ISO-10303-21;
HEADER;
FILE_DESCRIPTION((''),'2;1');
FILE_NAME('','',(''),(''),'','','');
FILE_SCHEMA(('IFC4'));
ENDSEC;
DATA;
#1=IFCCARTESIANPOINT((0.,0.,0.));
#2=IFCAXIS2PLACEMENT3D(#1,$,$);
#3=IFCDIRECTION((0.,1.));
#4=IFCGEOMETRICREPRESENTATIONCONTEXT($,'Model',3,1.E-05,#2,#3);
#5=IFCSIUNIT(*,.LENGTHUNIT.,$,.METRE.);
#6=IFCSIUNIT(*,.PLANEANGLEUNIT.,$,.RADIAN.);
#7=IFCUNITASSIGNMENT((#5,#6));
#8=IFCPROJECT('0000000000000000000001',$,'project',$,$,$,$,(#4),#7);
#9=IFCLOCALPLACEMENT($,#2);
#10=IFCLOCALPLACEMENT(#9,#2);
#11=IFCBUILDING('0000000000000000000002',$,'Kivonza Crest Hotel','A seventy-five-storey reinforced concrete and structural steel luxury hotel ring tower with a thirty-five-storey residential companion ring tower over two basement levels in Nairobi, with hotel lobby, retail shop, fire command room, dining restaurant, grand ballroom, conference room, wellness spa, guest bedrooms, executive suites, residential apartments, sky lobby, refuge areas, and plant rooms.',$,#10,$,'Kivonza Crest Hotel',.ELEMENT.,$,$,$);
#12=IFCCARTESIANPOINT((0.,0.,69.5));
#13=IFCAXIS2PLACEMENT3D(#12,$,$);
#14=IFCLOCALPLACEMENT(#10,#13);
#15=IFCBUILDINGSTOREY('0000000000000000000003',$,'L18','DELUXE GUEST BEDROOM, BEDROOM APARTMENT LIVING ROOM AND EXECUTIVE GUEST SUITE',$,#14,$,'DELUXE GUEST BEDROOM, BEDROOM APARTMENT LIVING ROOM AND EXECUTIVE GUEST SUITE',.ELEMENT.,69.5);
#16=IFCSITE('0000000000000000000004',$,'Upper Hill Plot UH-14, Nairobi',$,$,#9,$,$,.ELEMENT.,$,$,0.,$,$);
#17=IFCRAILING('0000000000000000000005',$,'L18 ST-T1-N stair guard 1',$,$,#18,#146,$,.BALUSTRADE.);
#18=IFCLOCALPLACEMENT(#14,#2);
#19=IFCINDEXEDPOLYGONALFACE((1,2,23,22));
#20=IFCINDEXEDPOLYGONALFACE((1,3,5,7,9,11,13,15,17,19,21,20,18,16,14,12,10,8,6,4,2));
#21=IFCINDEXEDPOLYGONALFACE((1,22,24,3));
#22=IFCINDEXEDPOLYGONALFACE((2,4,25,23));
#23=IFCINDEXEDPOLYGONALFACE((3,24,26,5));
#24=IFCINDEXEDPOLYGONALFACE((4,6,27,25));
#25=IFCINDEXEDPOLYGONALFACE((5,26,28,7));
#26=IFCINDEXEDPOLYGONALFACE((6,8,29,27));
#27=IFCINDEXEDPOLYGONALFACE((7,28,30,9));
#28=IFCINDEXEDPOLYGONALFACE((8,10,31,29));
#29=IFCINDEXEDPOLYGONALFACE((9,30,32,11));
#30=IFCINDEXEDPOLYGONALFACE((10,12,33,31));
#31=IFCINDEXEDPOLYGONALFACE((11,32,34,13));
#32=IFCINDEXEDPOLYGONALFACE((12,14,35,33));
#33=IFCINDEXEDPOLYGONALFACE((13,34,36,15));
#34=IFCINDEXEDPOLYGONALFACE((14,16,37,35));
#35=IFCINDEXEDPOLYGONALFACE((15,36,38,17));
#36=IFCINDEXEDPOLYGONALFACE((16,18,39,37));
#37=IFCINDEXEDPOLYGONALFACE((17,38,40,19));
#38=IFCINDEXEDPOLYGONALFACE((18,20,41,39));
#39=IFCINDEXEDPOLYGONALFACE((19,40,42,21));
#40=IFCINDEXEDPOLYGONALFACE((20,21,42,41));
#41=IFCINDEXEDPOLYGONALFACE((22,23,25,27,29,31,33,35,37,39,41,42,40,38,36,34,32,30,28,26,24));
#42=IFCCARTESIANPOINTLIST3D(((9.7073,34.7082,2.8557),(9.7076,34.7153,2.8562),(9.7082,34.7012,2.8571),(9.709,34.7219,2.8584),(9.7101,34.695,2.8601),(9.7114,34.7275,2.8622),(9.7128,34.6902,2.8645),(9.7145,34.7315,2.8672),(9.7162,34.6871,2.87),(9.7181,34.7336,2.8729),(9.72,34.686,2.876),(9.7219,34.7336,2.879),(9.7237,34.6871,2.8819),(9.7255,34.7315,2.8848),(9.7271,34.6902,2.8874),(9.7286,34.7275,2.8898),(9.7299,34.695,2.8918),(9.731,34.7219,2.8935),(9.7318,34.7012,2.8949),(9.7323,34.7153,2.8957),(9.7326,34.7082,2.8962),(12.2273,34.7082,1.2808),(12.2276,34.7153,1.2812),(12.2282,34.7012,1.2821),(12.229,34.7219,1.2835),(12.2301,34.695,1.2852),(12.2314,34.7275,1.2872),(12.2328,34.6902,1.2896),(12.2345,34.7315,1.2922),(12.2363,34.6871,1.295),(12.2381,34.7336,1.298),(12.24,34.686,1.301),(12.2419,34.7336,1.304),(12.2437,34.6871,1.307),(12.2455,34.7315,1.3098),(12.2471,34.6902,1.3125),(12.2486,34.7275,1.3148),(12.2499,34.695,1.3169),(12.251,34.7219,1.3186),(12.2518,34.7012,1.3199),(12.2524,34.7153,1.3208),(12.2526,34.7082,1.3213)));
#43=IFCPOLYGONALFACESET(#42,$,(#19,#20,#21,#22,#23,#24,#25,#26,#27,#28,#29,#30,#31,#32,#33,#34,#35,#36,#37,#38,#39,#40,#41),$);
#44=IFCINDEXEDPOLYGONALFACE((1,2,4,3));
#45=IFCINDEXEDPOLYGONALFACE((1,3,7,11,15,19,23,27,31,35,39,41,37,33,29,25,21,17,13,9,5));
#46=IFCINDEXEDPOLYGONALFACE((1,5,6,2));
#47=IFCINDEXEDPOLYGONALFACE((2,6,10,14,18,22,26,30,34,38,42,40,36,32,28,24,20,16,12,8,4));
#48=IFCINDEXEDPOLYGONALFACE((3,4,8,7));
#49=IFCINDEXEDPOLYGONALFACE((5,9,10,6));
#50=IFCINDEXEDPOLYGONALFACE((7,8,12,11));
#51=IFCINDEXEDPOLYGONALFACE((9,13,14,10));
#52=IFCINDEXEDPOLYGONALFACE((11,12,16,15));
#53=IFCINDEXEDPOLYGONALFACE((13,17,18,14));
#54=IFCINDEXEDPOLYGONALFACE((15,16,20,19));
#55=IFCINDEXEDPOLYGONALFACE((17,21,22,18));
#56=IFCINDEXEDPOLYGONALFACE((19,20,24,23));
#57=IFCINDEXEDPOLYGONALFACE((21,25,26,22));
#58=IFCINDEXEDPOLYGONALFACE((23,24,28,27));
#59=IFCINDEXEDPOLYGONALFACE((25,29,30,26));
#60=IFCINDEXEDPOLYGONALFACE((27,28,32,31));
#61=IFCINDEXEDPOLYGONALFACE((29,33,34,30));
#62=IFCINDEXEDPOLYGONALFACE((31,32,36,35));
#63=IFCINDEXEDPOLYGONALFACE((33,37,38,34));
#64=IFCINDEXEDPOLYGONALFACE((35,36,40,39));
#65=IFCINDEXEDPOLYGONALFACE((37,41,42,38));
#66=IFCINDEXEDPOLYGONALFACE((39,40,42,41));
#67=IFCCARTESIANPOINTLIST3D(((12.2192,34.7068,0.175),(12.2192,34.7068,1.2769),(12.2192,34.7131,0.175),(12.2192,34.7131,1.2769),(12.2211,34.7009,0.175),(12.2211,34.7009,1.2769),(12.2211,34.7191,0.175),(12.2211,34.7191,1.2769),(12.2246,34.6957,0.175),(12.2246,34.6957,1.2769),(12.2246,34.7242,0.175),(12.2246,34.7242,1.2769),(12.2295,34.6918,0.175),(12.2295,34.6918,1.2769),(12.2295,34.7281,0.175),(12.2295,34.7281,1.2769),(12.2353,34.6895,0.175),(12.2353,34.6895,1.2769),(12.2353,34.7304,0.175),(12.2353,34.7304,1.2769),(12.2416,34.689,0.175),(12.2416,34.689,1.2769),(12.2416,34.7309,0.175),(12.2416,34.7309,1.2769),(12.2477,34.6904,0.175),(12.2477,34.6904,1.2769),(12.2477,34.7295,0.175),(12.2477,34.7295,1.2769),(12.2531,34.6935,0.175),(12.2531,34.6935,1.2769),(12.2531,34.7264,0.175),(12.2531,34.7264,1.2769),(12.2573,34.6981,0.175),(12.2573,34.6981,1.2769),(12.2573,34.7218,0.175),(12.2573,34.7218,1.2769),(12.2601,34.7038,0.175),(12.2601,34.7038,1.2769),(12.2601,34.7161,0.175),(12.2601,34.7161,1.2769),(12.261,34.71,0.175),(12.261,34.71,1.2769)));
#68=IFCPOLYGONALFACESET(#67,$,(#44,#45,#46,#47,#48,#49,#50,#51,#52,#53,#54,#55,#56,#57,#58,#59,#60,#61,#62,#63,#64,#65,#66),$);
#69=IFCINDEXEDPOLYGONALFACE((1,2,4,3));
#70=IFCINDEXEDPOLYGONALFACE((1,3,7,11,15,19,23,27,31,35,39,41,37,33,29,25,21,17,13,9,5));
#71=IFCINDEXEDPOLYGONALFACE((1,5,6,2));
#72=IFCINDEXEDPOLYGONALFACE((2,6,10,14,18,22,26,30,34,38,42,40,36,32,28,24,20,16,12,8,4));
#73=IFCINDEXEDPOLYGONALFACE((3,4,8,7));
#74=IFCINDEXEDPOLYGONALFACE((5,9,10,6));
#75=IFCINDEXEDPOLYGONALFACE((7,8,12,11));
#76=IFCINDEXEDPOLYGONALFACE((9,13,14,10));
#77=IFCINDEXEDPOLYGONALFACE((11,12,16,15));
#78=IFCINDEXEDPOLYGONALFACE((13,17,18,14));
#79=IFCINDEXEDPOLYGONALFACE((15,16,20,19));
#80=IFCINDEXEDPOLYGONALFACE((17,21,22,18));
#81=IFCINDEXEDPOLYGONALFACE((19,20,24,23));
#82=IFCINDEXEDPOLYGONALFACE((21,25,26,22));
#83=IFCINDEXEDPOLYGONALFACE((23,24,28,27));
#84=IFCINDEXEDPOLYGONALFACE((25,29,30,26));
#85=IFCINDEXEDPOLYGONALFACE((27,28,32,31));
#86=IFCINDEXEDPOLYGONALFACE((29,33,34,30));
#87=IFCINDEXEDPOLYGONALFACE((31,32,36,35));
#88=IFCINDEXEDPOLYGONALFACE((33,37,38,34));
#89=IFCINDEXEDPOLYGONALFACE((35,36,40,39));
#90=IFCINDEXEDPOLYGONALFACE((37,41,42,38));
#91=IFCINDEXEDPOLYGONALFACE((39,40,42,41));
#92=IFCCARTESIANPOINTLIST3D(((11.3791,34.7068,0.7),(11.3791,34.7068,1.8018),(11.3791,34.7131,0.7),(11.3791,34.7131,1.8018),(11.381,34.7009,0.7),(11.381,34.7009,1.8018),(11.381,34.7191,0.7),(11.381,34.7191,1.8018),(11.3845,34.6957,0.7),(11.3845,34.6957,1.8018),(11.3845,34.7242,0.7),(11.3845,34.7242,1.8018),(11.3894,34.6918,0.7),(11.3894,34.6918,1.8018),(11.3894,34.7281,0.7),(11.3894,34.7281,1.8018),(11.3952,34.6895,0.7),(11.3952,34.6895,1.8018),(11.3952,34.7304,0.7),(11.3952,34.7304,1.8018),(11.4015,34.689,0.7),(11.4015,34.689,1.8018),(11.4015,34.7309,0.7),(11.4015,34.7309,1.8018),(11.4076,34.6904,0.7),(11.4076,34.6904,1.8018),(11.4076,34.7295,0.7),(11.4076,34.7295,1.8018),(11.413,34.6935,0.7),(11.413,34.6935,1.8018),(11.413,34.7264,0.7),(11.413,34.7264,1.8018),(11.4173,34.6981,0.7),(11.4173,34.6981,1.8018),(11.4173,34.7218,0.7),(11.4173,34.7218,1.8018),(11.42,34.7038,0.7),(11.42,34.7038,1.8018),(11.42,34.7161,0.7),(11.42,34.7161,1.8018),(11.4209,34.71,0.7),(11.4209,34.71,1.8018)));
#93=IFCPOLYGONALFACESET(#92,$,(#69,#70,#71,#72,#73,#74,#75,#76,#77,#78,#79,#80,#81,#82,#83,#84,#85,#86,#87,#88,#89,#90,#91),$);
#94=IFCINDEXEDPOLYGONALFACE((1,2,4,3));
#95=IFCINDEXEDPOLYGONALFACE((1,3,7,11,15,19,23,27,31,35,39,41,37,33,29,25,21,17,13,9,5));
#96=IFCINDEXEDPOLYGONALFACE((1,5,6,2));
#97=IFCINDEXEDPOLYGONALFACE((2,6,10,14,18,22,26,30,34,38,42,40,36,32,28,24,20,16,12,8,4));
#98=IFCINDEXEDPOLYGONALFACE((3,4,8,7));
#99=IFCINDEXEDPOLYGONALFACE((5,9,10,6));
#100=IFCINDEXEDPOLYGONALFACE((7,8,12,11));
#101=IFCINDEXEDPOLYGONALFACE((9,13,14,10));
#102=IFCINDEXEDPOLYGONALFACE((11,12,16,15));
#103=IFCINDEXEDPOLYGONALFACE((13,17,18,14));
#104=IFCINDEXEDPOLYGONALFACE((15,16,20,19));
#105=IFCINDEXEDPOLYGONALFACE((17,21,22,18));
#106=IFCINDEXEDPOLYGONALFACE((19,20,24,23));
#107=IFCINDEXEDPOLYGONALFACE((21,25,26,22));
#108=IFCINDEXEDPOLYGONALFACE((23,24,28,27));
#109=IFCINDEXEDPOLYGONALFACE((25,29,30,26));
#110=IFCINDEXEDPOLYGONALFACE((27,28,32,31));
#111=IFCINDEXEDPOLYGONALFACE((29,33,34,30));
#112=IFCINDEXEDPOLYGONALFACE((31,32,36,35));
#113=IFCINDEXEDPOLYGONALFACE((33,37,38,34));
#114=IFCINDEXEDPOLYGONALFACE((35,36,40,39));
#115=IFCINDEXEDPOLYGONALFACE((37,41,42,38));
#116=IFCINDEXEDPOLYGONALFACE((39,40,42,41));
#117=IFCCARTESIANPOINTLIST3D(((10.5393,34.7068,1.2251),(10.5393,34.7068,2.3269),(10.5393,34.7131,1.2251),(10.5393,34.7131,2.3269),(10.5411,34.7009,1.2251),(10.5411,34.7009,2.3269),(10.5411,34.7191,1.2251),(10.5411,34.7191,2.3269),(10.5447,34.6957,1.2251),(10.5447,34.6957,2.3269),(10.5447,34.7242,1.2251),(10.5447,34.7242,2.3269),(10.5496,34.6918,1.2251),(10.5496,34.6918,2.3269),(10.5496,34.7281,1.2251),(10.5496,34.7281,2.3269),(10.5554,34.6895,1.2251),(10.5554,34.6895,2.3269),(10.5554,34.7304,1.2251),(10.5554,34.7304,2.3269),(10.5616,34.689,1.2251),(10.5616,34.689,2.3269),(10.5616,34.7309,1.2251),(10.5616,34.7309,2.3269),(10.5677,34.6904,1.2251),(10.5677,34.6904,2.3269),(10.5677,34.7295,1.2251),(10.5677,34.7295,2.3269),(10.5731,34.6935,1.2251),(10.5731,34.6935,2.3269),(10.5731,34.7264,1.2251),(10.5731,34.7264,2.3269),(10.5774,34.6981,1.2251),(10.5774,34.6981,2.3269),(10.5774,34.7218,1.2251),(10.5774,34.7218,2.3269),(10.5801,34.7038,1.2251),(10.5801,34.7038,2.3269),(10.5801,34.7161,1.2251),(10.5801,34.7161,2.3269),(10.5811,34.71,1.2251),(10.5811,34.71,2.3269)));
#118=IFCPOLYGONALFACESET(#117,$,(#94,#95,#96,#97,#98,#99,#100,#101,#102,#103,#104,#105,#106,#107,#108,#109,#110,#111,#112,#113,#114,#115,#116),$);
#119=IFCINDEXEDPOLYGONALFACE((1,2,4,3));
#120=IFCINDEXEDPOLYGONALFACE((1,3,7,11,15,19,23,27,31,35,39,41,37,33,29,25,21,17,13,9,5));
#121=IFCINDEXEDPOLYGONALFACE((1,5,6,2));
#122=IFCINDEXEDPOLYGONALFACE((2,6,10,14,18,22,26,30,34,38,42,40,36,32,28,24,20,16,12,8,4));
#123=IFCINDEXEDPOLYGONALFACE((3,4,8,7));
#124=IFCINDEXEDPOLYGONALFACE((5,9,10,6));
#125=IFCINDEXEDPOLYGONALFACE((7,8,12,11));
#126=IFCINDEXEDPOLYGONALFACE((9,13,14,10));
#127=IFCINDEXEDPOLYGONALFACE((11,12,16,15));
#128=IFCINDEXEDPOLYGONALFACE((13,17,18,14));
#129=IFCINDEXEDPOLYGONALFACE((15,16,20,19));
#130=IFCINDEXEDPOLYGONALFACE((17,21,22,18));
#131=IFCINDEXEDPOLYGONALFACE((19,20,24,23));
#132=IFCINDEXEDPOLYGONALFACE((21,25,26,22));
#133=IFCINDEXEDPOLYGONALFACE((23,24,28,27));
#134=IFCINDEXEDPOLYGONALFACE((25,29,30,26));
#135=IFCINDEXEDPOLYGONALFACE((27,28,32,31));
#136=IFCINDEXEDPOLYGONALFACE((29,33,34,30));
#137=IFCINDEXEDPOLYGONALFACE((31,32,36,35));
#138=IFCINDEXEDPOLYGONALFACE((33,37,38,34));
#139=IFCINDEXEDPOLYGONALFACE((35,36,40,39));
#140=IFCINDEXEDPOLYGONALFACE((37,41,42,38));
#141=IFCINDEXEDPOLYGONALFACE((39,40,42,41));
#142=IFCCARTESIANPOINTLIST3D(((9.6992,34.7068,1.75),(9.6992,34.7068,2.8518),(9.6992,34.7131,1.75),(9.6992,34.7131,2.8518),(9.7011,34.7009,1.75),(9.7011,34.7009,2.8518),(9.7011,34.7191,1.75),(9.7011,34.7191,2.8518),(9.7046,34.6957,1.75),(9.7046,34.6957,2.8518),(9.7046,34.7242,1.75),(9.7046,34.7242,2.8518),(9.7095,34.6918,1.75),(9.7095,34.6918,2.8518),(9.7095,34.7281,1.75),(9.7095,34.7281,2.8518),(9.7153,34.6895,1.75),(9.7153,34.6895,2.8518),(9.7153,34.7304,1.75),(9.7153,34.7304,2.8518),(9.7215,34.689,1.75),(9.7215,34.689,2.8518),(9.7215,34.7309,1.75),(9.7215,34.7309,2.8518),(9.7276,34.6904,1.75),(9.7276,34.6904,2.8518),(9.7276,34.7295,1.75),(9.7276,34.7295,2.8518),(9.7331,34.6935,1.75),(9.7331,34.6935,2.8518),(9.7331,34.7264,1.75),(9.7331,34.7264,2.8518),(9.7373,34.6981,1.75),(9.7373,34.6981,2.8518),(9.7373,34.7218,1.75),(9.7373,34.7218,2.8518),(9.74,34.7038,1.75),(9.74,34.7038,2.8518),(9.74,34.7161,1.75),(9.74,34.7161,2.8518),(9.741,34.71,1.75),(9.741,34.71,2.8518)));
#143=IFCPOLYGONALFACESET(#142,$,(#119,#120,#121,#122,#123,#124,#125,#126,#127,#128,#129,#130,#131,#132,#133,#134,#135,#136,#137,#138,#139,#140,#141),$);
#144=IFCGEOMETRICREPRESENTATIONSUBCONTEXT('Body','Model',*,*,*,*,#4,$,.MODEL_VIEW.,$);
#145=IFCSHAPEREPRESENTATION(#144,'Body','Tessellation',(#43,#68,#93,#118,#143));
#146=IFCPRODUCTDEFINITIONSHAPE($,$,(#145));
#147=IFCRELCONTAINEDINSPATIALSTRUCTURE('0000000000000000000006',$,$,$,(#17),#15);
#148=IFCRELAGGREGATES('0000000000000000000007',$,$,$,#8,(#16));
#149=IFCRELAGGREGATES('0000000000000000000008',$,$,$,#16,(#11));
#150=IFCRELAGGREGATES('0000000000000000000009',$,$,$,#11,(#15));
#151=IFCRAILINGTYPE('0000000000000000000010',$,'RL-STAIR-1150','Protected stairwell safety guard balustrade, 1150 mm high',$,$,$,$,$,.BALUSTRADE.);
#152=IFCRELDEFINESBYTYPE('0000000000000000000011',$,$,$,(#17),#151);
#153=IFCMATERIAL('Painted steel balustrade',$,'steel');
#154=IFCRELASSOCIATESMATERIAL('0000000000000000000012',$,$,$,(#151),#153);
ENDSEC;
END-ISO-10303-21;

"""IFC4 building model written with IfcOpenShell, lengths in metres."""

from ifc_helpers import new_model, si_unit, direction, frame, origin, origin_2d, place, context, subcontext, project, spatial, circle, extrude, material, type_object, element, save


model = new_model("IFC4")

# Units and contexts
model_context = context("Model", 3, precision=1e-05, world=origin(), true_north=direction((0.0, 1.0)))
body_context = subcontext(model_context, "Body", "Model", "MODEL_VIEW")
ifc_project = project(units=[si_unit("LENGTHUNIT", "METRE"), si_unit("PLANEANGLEUNIT", "RADIAN")], contexts=[model_context])

# Site, building, storey
site_placement = place(None, origin())
site = spatial("IfcSite", under=ifc_project, at=site_placement, Name="Upper Hill Plot UH-14, Nairobi", CompositionType="ELEMENT", RefElevation=0.0)
building_placement = place(site_placement, origin())
building = spatial("IfcBuilding", under=site, at=building_placement, Name="Kivonza Crest Hotel", Description="A seventy-five-storey reinforced concrete and structural steel luxury hotel ring tower with a thirty-five-storey residential companion ring tower over two basement levels in Nairobi, with hotel lobby, retail shop, fire command room, dining restaurant, grand ballroom, conference room, wellness spa, guest bedrooms, executive suites, residential apartments, sky lobby, refuge areas, and plant rooms.", LongName="Kivonza Crest Hotel", CompositionType="ELEMENT")
storey_placement = place(building_placement, frame((0.0, 0.0, 69.5)))
storey = spatial("IfcBuildingStorey", under=building, at=storey_placement, Name="L18", Description="DELUXE GUEST BEDROOM, BEDROOM APARTMENT LIVING ROOM AND EXECUTIVE GUEST SUITE", LongName="DELUXE GUEST BEDROOM, BEDROOM APARTMENT LIVING ROOM AND EXECUTIVE GUEST SUITE", CompositionType="ELEMENT", Elevation=69.5)

# Railing
ifc_material_1 = material(Name="Painted steel balustrade", Category="steel")
railing_type_1 = type_object("IfcRailingType", Name="RL-STAIR-1150", Description="Protected stairwell safety guard balustrade, 1150 mm high", PredefinedType="BALUSTRADE", material=ifc_material_1)
railing_1_placement = place(storey_placement, frame((12.24, 34.71, 0.175)))
element("IfcRailing", 1, at=railing_1_placement, inside=storey, type_object=railing_type_1, Name="L18 ST-T1-N stair guard 1", PredefinedType="BALUSTRADE", context=body_context, shape_type="SweptSolid", body=[
    extrude(circle(Radius=0.0239, at=origin_2d()), frame((0.0, 0.0, 1.126), z_axis=(-0.848008, 0.0, 0.529984), x_axis=(0.0, -1.0, 0.0)), (0.0, 0.0, 1.0), 2.9717),
    extrude(circle(Radius=0.021, at=origin_2d()), origin(), (0.0, 0.0, 1.0), 1.1018),
    extrude(circle(Radius=0.021, at=origin_2d()), frame((-0.8401, 0.0, 0.5249)), (0.0, 0.0, 1.0), 1.1018),
    extrude(circle(Radius=0.021, at=origin_2d()), frame((-1.6799, 0.0, 1.05)), (0.0, 0.0, 1.0), 1.1018),
    extrude(circle(Radius=0.021, at=origin_2d()), frame((-2.52, 0.0, 1.575)), (0.0, 0.0, 1.0), 1.1018),
])

save(model, "model.ifc")
